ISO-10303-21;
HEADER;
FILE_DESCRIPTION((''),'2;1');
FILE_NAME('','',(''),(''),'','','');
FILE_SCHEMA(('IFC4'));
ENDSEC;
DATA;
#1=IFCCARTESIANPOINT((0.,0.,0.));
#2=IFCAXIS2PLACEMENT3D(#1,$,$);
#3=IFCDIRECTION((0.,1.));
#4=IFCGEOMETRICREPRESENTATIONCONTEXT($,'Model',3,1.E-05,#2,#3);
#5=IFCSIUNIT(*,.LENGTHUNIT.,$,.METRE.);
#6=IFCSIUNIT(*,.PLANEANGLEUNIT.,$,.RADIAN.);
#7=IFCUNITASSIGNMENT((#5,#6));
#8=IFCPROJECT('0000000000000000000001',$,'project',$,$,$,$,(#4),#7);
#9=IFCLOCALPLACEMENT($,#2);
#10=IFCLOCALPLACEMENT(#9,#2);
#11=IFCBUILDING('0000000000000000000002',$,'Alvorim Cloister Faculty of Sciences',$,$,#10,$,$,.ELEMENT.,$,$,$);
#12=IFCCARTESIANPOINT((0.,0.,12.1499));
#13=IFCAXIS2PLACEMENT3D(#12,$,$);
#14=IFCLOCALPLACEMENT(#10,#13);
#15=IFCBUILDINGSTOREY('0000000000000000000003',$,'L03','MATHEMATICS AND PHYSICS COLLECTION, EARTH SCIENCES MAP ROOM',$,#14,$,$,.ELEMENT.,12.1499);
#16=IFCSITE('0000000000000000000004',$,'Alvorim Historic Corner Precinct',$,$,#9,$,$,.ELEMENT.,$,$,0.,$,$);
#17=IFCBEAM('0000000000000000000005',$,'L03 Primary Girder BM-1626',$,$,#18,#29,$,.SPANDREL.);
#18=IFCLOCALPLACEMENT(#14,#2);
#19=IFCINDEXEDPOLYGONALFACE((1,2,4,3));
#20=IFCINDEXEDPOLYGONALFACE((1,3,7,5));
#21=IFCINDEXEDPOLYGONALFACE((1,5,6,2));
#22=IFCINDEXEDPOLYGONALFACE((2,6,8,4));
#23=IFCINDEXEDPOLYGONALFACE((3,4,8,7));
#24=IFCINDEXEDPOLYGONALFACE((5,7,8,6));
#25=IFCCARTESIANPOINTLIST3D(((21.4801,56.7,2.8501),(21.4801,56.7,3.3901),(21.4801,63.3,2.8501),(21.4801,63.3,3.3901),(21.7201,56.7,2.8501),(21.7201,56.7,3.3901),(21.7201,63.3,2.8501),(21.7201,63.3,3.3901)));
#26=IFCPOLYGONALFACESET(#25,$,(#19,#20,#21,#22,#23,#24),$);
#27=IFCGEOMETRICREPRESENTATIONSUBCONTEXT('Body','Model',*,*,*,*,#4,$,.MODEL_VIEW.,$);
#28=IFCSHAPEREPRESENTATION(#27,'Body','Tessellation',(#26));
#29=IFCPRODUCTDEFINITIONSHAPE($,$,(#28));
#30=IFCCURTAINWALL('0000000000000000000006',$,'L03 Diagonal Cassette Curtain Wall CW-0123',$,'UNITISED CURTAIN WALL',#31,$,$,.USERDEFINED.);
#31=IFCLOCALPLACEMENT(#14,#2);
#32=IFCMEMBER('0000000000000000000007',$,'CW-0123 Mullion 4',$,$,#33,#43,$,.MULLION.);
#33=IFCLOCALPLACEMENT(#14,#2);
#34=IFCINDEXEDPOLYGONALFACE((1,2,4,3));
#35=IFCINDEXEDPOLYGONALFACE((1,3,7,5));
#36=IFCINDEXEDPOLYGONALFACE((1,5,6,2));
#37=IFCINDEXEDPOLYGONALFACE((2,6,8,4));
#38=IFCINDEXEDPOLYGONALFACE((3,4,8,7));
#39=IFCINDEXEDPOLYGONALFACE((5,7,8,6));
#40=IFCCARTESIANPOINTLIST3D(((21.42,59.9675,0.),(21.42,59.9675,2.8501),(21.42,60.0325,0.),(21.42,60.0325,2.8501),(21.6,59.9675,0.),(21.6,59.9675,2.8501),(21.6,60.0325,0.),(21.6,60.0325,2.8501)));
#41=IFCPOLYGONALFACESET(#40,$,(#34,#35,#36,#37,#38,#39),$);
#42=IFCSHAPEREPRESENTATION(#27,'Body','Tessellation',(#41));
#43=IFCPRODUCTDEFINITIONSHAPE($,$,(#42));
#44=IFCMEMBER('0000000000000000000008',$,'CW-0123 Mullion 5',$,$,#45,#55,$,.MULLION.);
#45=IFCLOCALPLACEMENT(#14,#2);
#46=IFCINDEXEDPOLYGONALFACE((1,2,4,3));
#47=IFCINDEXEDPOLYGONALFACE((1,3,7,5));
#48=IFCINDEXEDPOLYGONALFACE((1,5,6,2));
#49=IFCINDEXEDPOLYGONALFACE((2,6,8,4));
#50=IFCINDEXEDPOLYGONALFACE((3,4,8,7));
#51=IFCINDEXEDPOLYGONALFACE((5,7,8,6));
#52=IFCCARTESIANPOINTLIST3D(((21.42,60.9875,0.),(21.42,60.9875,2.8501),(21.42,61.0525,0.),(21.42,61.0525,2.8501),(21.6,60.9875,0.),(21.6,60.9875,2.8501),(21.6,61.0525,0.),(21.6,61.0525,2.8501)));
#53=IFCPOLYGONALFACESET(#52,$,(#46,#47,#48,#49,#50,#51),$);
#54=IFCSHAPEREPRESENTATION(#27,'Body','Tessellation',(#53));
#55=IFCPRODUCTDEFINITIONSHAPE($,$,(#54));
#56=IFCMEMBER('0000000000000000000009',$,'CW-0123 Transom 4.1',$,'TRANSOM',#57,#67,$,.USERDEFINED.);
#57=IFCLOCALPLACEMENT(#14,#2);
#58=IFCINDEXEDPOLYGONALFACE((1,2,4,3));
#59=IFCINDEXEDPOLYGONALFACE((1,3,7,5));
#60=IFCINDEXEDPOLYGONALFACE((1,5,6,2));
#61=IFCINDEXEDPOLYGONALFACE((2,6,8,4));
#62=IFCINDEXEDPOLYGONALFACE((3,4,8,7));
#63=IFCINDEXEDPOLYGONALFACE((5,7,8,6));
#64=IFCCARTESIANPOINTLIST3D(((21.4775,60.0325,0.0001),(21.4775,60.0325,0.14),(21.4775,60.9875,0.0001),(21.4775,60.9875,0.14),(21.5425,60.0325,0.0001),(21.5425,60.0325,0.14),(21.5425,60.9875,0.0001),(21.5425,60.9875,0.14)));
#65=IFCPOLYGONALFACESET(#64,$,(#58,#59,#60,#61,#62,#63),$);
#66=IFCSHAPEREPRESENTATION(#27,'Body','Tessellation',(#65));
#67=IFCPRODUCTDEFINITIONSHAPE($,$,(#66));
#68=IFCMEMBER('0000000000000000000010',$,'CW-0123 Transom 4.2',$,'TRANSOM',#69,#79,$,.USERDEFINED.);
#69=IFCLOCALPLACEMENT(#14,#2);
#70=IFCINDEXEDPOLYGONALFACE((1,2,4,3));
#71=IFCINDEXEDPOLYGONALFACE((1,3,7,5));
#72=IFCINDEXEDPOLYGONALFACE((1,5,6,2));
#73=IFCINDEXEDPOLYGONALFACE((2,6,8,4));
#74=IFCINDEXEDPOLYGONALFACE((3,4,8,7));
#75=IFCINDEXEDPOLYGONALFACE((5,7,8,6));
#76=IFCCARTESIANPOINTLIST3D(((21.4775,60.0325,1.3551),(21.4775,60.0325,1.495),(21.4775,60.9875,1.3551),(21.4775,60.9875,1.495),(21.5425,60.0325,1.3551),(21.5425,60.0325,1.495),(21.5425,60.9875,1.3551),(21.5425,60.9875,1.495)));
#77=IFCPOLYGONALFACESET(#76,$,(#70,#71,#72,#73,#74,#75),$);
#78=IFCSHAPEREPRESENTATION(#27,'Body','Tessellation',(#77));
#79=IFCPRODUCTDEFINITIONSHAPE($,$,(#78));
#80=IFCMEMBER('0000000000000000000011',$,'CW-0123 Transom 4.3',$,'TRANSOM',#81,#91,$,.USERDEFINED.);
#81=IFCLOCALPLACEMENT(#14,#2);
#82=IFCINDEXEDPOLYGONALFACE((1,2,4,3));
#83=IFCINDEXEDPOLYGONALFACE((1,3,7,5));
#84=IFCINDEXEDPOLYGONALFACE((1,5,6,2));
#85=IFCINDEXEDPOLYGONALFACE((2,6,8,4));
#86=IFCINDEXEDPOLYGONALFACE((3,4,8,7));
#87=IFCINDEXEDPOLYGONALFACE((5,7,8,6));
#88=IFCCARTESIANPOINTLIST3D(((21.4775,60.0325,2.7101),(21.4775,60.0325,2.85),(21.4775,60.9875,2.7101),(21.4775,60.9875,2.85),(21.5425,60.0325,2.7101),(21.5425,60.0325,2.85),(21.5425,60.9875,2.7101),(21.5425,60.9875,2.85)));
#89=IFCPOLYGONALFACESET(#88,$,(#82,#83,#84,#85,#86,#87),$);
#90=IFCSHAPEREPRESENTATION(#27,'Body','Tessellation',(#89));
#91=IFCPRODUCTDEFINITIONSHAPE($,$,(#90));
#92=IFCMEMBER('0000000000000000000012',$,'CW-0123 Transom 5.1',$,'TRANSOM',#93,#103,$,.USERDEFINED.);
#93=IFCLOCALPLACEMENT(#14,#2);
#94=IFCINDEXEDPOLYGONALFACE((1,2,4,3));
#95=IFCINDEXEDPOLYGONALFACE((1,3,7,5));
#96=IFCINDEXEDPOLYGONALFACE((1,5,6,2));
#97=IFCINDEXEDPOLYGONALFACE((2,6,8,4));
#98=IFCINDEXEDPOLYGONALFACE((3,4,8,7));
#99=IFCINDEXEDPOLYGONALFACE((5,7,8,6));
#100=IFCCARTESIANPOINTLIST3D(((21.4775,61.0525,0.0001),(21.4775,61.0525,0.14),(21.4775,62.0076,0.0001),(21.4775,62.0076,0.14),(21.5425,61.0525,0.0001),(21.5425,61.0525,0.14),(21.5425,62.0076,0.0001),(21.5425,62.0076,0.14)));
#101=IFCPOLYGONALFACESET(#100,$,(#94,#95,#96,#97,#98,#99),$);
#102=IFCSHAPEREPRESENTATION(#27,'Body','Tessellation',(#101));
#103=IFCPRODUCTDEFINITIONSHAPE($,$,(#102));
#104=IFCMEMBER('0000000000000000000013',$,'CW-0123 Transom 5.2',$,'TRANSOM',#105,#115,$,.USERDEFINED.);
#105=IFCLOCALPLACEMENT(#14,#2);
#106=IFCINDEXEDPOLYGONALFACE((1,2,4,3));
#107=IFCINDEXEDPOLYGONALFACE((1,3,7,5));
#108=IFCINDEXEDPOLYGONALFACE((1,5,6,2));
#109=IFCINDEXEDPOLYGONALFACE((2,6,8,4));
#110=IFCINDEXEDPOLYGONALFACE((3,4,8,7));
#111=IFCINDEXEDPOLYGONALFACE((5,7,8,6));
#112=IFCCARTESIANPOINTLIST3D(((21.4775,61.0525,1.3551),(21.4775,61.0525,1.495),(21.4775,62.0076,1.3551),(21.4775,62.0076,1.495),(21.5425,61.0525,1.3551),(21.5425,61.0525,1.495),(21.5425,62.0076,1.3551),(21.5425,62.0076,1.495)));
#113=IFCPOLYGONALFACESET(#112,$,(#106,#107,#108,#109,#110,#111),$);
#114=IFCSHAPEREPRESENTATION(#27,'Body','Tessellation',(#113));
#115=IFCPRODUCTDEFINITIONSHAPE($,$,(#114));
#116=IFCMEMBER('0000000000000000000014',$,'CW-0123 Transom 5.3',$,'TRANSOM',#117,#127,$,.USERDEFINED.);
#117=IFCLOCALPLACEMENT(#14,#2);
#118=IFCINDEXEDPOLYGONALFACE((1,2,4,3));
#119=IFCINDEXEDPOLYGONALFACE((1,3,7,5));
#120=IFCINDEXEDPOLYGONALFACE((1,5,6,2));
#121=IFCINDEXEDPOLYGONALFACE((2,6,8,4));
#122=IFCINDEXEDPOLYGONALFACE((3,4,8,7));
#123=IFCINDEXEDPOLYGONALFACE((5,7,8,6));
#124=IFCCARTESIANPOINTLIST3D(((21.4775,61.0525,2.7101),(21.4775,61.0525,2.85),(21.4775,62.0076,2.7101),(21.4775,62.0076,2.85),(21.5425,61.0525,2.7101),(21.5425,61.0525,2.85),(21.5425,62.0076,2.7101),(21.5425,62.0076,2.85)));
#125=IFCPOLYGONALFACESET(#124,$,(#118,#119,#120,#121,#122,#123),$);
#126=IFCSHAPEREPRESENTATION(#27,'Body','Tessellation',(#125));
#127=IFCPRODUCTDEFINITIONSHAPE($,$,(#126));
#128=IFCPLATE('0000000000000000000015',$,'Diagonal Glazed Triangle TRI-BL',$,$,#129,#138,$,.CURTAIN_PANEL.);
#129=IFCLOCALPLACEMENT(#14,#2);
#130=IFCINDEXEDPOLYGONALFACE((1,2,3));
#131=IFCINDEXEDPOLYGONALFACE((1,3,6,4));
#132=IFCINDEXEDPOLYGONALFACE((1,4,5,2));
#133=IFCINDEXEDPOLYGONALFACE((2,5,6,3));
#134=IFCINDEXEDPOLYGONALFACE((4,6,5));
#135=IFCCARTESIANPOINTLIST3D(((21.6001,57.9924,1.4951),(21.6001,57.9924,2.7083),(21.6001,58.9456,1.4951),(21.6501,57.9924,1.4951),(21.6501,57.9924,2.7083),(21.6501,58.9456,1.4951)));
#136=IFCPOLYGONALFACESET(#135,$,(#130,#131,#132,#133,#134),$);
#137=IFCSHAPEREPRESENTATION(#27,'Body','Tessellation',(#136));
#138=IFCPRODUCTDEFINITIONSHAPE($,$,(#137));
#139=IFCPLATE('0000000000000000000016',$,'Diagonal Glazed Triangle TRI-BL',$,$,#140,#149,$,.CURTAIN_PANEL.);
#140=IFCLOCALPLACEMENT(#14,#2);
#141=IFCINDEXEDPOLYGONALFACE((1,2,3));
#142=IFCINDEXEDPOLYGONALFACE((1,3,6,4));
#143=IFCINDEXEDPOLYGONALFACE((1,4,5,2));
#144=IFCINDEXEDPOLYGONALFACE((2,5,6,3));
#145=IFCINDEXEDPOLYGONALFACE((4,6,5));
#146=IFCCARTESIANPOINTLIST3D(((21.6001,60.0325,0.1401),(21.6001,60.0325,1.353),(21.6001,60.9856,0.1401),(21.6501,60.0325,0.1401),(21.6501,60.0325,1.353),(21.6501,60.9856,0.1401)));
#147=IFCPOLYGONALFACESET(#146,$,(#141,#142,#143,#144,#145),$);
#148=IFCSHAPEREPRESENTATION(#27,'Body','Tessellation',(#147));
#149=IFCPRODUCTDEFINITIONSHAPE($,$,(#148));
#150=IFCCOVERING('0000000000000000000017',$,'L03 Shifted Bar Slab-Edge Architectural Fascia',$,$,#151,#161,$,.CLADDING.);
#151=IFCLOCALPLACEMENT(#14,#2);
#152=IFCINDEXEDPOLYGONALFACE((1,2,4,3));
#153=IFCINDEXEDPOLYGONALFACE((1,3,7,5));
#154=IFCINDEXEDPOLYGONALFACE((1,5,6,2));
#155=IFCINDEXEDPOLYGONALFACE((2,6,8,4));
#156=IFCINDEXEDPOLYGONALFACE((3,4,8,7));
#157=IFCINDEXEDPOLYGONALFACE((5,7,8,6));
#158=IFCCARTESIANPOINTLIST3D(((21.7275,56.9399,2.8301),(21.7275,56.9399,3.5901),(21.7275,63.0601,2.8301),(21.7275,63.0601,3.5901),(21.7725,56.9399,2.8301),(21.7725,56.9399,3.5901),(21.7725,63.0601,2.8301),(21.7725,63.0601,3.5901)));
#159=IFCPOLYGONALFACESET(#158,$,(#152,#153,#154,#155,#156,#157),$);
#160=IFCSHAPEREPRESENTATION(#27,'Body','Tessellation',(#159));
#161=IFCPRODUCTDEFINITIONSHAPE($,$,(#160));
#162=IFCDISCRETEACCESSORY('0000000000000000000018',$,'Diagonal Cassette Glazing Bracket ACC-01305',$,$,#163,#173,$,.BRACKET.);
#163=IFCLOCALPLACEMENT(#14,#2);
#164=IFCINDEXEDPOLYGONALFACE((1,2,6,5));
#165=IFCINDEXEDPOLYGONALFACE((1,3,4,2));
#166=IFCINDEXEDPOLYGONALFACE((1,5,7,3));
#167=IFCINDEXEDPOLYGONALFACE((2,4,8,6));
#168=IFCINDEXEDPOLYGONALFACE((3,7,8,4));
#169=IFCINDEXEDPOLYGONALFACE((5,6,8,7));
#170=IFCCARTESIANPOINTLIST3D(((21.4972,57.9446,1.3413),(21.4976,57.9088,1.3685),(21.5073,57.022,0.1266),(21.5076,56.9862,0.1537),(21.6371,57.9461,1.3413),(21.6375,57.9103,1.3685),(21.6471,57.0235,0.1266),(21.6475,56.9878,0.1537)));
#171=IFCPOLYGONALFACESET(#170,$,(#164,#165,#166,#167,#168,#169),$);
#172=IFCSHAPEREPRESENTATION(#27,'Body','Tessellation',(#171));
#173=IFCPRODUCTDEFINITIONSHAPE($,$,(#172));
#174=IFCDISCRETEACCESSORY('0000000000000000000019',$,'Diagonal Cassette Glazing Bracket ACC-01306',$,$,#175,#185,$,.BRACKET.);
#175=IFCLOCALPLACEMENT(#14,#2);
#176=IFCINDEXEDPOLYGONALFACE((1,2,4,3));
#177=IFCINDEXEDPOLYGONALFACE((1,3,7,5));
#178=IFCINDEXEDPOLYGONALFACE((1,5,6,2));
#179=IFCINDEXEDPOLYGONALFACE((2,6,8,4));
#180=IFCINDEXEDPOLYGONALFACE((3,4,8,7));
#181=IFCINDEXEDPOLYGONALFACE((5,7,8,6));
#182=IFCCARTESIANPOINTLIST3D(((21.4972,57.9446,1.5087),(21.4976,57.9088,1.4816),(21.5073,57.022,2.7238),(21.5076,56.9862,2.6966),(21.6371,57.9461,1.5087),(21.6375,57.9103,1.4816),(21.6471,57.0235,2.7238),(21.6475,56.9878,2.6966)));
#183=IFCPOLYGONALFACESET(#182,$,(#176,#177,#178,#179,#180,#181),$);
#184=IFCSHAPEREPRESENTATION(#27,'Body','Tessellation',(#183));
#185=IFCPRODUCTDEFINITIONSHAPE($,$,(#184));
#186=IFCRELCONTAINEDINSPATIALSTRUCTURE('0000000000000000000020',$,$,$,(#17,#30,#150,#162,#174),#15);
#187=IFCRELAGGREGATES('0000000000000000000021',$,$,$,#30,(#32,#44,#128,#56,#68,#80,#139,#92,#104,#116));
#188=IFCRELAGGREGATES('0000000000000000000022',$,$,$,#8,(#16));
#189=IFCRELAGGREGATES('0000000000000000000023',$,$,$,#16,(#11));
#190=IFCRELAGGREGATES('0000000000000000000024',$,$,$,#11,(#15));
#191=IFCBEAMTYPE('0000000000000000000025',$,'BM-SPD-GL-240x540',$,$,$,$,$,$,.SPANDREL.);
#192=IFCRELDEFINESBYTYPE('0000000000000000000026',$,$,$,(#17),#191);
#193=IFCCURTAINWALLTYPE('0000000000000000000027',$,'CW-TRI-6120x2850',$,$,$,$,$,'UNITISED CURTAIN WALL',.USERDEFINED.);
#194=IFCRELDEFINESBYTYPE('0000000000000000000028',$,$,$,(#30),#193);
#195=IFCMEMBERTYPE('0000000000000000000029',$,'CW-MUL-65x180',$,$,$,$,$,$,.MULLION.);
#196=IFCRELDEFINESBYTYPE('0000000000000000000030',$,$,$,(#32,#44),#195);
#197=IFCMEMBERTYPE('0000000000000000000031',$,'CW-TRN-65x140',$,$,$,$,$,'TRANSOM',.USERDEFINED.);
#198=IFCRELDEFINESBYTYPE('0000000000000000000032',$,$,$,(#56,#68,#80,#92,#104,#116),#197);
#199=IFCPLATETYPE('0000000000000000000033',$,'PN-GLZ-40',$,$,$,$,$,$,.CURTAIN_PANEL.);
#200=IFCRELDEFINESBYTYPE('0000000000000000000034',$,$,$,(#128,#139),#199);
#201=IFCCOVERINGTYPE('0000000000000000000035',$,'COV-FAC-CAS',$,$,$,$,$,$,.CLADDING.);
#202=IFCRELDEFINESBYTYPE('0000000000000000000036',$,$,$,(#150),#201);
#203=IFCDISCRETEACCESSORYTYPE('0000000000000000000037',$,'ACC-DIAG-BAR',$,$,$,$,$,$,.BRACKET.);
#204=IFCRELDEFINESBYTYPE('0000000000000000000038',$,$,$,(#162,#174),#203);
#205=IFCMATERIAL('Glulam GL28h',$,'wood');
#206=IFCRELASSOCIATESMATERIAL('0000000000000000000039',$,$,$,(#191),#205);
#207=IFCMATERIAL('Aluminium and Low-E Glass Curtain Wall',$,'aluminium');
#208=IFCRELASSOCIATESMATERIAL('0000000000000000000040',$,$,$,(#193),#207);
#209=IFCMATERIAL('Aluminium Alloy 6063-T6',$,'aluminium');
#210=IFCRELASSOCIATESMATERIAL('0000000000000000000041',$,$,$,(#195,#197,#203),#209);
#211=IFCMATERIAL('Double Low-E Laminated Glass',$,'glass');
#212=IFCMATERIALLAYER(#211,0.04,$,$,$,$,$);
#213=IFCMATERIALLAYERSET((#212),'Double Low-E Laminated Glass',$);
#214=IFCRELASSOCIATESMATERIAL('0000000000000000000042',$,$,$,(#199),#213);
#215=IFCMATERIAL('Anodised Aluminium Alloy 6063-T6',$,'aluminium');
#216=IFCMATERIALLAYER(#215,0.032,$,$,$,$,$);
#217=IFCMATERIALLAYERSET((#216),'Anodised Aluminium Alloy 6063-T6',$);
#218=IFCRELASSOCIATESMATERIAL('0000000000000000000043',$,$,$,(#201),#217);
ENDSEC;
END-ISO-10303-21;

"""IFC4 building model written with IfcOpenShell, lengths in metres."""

from ifc_helpers import new_model, si_unit, direction, frame, origin, origin_2d, place, context, subcontext, project, spatial, polyline, rectangle, outline, extrude, material, layer, layer_set, material_profile, profile_set, type_object, element, aggregate, save


model = new_model("IFC4")

# Units and contexts
model_context = context("Model", 3, precision=1e-05, world=origin(), true_north=direction((0.0, 1.0)))
body_context = subcontext(model_context, "Body", "Model", "MODEL_VIEW")
ifc_project = project(units=[si_unit("LENGTHUNIT", "METRE"), si_unit("PLANEANGLEUNIT", "RADIAN")], contexts=[model_context])

# Site, building, storey
site_placement = place(None, origin())
site = spatial("IfcSite", under=ifc_project, at=site_placement, Name="Alvorim Historic Corner Precinct", CompositionType="ELEMENT", RefElevation=0.0)
building_placement = place(site_placement, origin())
building = spatial("IfcBuilding", under=site, at=building_placement, Name="Alvorim Cloister Faculty of Sciences", CompositionType="ELEMENT")
storey_placement = place(building_placement, frame((0.0, 0.0, 12.1499)))
storey = spatial("IfcBuildingStorey", under=building, at=storey_placement, Name="L03", Description="MATHEMATICS AND PHYSICS COLLECTION, EARTH SCIENCES MAP ROOM", CompositionType="ELEMENT", Elevation=12.1499)

# Beam
ifc_material_1 = material(Name="Glulam GL28h", Category="wood")
ifc_material_profile_1 = material_profile(ifc_material_1, rectangle(XDim=0.24, YDim=0.54, at=origin_2d()), Name="GL28-SPD-240x540")
ifc_profile_set_1 = profile_set([ifc_material_profile_1], Name="Glulam GL28h")
beam_type = type_object("IfcBeamType", Name="BM-SPD-GL-240x540", PredefinedType="SPANDREL", material=ifc_profile_set_1)
beam_placement = place(storey_placement, frame((21.6001, 56.7, 3.1201), z_axis=(0.0, 1.0, 0.0), x_axis=(-1.0, 0.0, 0.0)))
element("IfcBeam", 1, at=beam_placement, inside=storey, type_object=beam_type, Name="L03 Primary Girder BM-1626", PredefinedType="SPANDREL", context=body_context, shape_type="SweptSolid", body=[
    extrude(rectangle(XDim=0.24, YDim=0.54, at=origin_2d()), origin(), (0.0, 0.0, 1.0), 6.6001),
])

# Curtain wall, members, plates
ifc_material_2 = material(Name="Aluminium and Low-E Glass Curtain Wall", Category="aluminium")
curtain_wall_type = type_object("IfcCurtainWallType", Name="CW-TRI-6120x2850", ElementType="UNITISED CURTAIN WALL", PredefinedType="USERDEFINED", material=ifc_material_2)
curtain_wall_placement = place(storey_placement, origin())
curtain_wall = element("IfcCurtainWall", 2, at=curtain_wall_placement, inside=storey, type_object=curtain_wall_type, Name="L03 Diagonal Cassette Curtain Wall CW-0123", ObjectType="UNITISED CURTAIN WALL", PredefinedType="USERDEFINED")
ifc_material_3 = material(Name="Aluminium Alloy 6063-T6", Category="aluminium")
ifc_material_profile_2 = material_profile(ifc_material_3, rectangle(XDim=0.0649, YDim=0.1799, at=origin_2d()), Name="ALU-MUL-65x180")
ifc_profile_set_2 = profile_set([ifc_material_profile_2], Name="Aluminium Alloy 6063-T6")
member_type_1 = type_object("IfcMemberType", Name="CW-MUL-65x180", PredefinedType="MULLION", material=ifc_profile_set_2)
member_1_placement = place(storey_placement, frame((21.51, 60.0, 0.0), z_axis=(0.0, 0.0, 1.0), x_axis=(0.0, 1.0, 0.0)))
member_1 = element("IfcMember", 3, at=member_1_placement, type_object=member_type_1, Name="CW-0123 Mullion 4", PredefinedType="MULLION", context=body_context, shape_type="SweptSolid", body=[
    extrude(rectangle(XDim=0.0649, YDim=0.1799, at=origin_2d()), origin(), (0.0, 0.0, 1.0), 2.8501),
])
member_2_placement = place(storey_placement, frame((21.51, 61.02, 0.0), z_axis=(0.0, 0.0, 1.0), x_axis=(0.0, 1.0, 0.0)))
member_2 = element("IfcMember", 4, at=member_2_placement, type_object=member_type_1, Name="CW-0123 Mullion 5", PredefinedType="MULLION", context=body_context, shape_type="SweptSolid", body=[
    extrude(rectangle(XDim=0.0649, YDim=0.1799, at=origin_2d()), origin(), (0.0, 0.0, 1.0), 2.8501),
])
ifc_material_profile_3 = material_profile(ifc_material_3, rectangle(XDim=0.0649, YDim=0.1399, at=origin_2d()), Name="ALU-TRN-65x140")
ifc_profile_set_3 = profile_set([ifc_material_profile_3], Name="Aluminium Alloy 6063-T6")
member_type_2 = type_object("IfcMemberType", Name="CW-TRN-65x140", ElementType="TRANSOM", PredefinedType="USERDEFINED", material=ifc_profile_set_3)
member_3_placement = place(storey_placement, frame((21.51, 60.0325, 0.0701), z_axis=(0.0, 1.0, 0.0), x_axis=(-1.0, 0.0, 0.0)))
member_3 = element("IfcMember", 5, at=member_3_placement, type_object=member_type_2, Name="CW-0123 Transom 4.1", ObjectType="TRANSOM", PredefinedType="USERDEFINED", context=body_context, shape_type="SweptSolid", body=[
    extrude(rectangle(XDim=0.0649, YDim=0.1399, at=origin_2d()), origin(), (0.0, 0.0, 1.0), 0.9551),
])
member_4_placement = place(storey_placement, frame((21.51, 60.0325, 1.425), z_axis=(0.0, 1.0, 0.0), x_axis=(-1.0, 0.0, 0.0)))
member_4 = element("IfcMember", 6, at=member_4_placement, type_object=member_type_2, Name="CW-0123 Transom 4.2", ObjectType="TRANSOM", PredefinedType="USERDEFINED", context=body_context, shape_type="SweptSolid", body=[
    extrude(rectangle(XDim=0.0649, YDim=0.1399, at=origin_2d()), origin(), (0.0, 0.0, 1.0), 0.9551),
])
member_5_placement = place(storey_placement, frame((21.51, 60.0325, 2.78), z_axis=(0.0, 1.0, 0.0), x_axis=(-1.0, 0.0, 0.0)))
member_5 = element("IfcMember", 7, at=member_5_placement, type_object=member_type_2, Name="CW-0123 Transom 4.3", ObjectType="TRANSOM", PredefinedType="USERDEFINED", context=body_context, shape_type="SweptSolid", body=[
    extrude(rectangle(XDim=0.0649, YDim=0.1399, at=origin_2d()), origin(), (0.0, 0.0, 1.0), 0.9551),
])
member_6_placement = place(storey_placement, frame((21.51, 61.0525, 0.0701), z_axis=(0.0, 1.0, 0.0), x_axis=(-1.0, 0.0, 0.0)))
member_6 = element("IfcMember", 8, at=member_6_placement, type_object=member_type_2, Name="CW-0123 Transom 5.1", ObjectType="TRANSOM", PredefinedType="USERDEFINED", context=body_context, shape_type="SweptSolid", body=[
    extrude(rectangle(XDim=0.0649, YDim=0.1399, at=origin_2d()), origin(), (0.0, 0.0, 1.0), 0.9551),
])
member_7_placement = place(storey_placement, frame((21.51, 61.0525, 1.425), z_axis=(0.0, 1.0, 0.0), x_axis=(-1.0, 0.0, 0.0)))
member_7 = element("IfcMember", 9, at=member_7_placement, type_object=member_type_2, Name="CW-0123 Transom 5.2", ObjectType="TRANSOM", PredefinedType="USERDEFINED", context=body_context, shape_type="SweptSolid", body=[
    extrude(rectangle(XDim=0.0649, YDim=0.1399, at=origin_2d()), origin(), (0.0, 0.0, 1.0), 0.9551),
])
member_8_placement = place(storey_placement, frame((21.51, 61.0525, 2.78), z_axis=(0.0, 1.0, 0.0), x_axis=(-1.0, 0.0, 0.0)))
member_8 = element("IfcMember", 10, at=member_8_placement, type_object=member_type_2, Name="CW-0123 Transom 5.3", ObjectType="TRANSOM", PredefinedType="USERDEFINED", context=body_context, shape_type="SweptSolid", body=[
    extrude(rectangle(XDim=0.0649, YDim=0.1399, at=origin_2d()), origin(), (0.0, 0.0, 1.0), 0.9551),
])
ifc_material_4 = material(Name="Double Low-E Laminated Glass", Category="glass")
ifc_layer_1 = layer(ifc_material_4, 0.04)
ifc_layer_set_1 = layer_set([ifc_layer_1], Name="Double Low-E Laminated Glass")
plate_type = type_object("IfcPlateType", Name="PN-GLZ-40", PredefinedType="CURTAIN_PANEL", material=ifc_layer_set_1)
plate_1_placement = place(storey_placement, frame((21.625, 57.9924, 1.4951), z_axis=(0.0, 0.0, 1.0), x_axis=(0.0, 1.0, 0.0)))
plate_1 = element("IfcPlate", 11, at=plate_1_placement, type_object=plate_type, Name="Diagonal Glazed Triangle TRI-BL", PredefinedType="CURTAIN_PANEL", context=body_context, shape_type="SweptSolid", body=[
    extrude(outline(polyline([(0.0, 0.0), (0.9531, 0.0), (0.0, 1.2131), (0.0, 0.0)])), frame((0.0, 0.0249, 0.0), z_axis=(0.0, -1.0, 0.0), x_axis=(1.0, 0.0, 0.0)), (0.0, 0.0, 1.0), 0.05),
])
plate_2_placement = place(storey_placement, frame((21.625, 60.0325, 0.1401), z_axis=(0.0, 0.0, 1.0), x_axis=(0.0, 1.0, 0.0)))
plate_2 = element("IfcPlate", 12, at=plate_2_placement, type_object=plate_type, Name="Diagonal Glazed Triangle TRI-BL", PredefinedType="CURTAIN_PANEL", context=body_context, shape_type="SweptSolid", body=[
    extrude(outline(polyline([(0.0, 0.0), (0.9531, 0.0), (0.0, 1.2129), (0.0, 0.0)])), frame((0.0, 0.0249, 0.0), z_axis=(0.0, -1.0, 0.0), x_axis=(1.0, 0.0, 0.0)), (0.0, 0.0, 1.0), 0.05),
])
aggregate(curtain_wall, [member_1, member_2, plate_1, member_3, member_4, member_5, plate_2, member_6, member_7, member_8])

# Covering
ifc_material_5 = material(Name="Anodised Aluminium Alloy 6063-T6", Category="aluminium")
ifc_layer_2 = layer(ifc_material_5, 0.032)
ifc_layer_set_2 = layer_set([ifc_layer_2], Name="Anodised Aluminium Alloy 6063-T6")
covering_type = type_object("IfcCoveringType", Name="COV-FAC-CAS", PredefinedType="CLADDING", material=ifc_layer_set_2)
covering_placement = place(storey_placement, frame((21.75, 56.9399, 2.8301), z_axis=(0.0, 0.0, 1.0), x_axis=(0.0, 1.0, 0.0)))
element("IfcCovering", 13, at=covering_placement, inside=storey, type_object=covering_type, Name="L03 Shifted Bar Slab-Edge Architectural Fascia", PredefinedType="CLADDING", context=body_context, shape_type="SweptSolid", body=[
    extrude(outline(polyline([(0.0, 0.0), (6.1201, 0.0), (6.1201, 0.76), (0.0, 0.76), (0.0, 0.0)])), frame((0.0, 0.0225, 0.0), z_axis=(0.0, -1.0, 0.0), x_axis=(1.0, 0.0, 0.0)), (0.0, 0.0, 1.0), 0.0449),
])

# Discrete accessories
discrete_accessory_type = type_object("IfcDiscreteAccessoryType", Name="ACC-DIAG-BAR", PredefinedType="BRACKET", material=ifc_material_3)
discrete_accessory_1_placement = place(storey_placement, frame((21.5774, 57.0049, 0.1401), z_axis=(-0.006562, 0.60479, 0.796358), x_axis=(-0.999941, -0.010849, 0.0)))
element("IfcDiscreteAccessory", 14, at=discrete_accessory_1_placement, inside=storey, type_object=discrete_accessory_type, Name="Diagonal Cassette Glazing Bracket ACC-01305", PredefinedType="BRACKET", context=body_context, shape_type="SweptSolid", body=[
    extrude(rectangle(XDim=0.1399, YDim=0.0449, at=origin_2d()), origin(), (0.0, 0.0, 1.0), 1.5254),
])
discrete_accessory_2_placement = place(storey_placement, frame((21.5774, 57.0049, 2.7102), z_axis=(-0.006561, 0.604713, -0.796416), x_axis=(-0.999941, -0.010849, 0.0)))
element("IfcDiscreteAccessory", 15, at=discrete_accessory_2_placement, inside=storey, type_object=discrete_accessory_type, Name="Diagonal Cassette Glazing Bracket ACC-01306", PredefinedType="BRACKET", context=body_context, shape_type="SweptSolid", body=[
    extrude(rectangle(XDim=0.1399, YDim=0.0449, at=origin_2d()), origin(), (0.0, 0.0, 1.0), 1.5256),
])

save(model, "model.ifc")
